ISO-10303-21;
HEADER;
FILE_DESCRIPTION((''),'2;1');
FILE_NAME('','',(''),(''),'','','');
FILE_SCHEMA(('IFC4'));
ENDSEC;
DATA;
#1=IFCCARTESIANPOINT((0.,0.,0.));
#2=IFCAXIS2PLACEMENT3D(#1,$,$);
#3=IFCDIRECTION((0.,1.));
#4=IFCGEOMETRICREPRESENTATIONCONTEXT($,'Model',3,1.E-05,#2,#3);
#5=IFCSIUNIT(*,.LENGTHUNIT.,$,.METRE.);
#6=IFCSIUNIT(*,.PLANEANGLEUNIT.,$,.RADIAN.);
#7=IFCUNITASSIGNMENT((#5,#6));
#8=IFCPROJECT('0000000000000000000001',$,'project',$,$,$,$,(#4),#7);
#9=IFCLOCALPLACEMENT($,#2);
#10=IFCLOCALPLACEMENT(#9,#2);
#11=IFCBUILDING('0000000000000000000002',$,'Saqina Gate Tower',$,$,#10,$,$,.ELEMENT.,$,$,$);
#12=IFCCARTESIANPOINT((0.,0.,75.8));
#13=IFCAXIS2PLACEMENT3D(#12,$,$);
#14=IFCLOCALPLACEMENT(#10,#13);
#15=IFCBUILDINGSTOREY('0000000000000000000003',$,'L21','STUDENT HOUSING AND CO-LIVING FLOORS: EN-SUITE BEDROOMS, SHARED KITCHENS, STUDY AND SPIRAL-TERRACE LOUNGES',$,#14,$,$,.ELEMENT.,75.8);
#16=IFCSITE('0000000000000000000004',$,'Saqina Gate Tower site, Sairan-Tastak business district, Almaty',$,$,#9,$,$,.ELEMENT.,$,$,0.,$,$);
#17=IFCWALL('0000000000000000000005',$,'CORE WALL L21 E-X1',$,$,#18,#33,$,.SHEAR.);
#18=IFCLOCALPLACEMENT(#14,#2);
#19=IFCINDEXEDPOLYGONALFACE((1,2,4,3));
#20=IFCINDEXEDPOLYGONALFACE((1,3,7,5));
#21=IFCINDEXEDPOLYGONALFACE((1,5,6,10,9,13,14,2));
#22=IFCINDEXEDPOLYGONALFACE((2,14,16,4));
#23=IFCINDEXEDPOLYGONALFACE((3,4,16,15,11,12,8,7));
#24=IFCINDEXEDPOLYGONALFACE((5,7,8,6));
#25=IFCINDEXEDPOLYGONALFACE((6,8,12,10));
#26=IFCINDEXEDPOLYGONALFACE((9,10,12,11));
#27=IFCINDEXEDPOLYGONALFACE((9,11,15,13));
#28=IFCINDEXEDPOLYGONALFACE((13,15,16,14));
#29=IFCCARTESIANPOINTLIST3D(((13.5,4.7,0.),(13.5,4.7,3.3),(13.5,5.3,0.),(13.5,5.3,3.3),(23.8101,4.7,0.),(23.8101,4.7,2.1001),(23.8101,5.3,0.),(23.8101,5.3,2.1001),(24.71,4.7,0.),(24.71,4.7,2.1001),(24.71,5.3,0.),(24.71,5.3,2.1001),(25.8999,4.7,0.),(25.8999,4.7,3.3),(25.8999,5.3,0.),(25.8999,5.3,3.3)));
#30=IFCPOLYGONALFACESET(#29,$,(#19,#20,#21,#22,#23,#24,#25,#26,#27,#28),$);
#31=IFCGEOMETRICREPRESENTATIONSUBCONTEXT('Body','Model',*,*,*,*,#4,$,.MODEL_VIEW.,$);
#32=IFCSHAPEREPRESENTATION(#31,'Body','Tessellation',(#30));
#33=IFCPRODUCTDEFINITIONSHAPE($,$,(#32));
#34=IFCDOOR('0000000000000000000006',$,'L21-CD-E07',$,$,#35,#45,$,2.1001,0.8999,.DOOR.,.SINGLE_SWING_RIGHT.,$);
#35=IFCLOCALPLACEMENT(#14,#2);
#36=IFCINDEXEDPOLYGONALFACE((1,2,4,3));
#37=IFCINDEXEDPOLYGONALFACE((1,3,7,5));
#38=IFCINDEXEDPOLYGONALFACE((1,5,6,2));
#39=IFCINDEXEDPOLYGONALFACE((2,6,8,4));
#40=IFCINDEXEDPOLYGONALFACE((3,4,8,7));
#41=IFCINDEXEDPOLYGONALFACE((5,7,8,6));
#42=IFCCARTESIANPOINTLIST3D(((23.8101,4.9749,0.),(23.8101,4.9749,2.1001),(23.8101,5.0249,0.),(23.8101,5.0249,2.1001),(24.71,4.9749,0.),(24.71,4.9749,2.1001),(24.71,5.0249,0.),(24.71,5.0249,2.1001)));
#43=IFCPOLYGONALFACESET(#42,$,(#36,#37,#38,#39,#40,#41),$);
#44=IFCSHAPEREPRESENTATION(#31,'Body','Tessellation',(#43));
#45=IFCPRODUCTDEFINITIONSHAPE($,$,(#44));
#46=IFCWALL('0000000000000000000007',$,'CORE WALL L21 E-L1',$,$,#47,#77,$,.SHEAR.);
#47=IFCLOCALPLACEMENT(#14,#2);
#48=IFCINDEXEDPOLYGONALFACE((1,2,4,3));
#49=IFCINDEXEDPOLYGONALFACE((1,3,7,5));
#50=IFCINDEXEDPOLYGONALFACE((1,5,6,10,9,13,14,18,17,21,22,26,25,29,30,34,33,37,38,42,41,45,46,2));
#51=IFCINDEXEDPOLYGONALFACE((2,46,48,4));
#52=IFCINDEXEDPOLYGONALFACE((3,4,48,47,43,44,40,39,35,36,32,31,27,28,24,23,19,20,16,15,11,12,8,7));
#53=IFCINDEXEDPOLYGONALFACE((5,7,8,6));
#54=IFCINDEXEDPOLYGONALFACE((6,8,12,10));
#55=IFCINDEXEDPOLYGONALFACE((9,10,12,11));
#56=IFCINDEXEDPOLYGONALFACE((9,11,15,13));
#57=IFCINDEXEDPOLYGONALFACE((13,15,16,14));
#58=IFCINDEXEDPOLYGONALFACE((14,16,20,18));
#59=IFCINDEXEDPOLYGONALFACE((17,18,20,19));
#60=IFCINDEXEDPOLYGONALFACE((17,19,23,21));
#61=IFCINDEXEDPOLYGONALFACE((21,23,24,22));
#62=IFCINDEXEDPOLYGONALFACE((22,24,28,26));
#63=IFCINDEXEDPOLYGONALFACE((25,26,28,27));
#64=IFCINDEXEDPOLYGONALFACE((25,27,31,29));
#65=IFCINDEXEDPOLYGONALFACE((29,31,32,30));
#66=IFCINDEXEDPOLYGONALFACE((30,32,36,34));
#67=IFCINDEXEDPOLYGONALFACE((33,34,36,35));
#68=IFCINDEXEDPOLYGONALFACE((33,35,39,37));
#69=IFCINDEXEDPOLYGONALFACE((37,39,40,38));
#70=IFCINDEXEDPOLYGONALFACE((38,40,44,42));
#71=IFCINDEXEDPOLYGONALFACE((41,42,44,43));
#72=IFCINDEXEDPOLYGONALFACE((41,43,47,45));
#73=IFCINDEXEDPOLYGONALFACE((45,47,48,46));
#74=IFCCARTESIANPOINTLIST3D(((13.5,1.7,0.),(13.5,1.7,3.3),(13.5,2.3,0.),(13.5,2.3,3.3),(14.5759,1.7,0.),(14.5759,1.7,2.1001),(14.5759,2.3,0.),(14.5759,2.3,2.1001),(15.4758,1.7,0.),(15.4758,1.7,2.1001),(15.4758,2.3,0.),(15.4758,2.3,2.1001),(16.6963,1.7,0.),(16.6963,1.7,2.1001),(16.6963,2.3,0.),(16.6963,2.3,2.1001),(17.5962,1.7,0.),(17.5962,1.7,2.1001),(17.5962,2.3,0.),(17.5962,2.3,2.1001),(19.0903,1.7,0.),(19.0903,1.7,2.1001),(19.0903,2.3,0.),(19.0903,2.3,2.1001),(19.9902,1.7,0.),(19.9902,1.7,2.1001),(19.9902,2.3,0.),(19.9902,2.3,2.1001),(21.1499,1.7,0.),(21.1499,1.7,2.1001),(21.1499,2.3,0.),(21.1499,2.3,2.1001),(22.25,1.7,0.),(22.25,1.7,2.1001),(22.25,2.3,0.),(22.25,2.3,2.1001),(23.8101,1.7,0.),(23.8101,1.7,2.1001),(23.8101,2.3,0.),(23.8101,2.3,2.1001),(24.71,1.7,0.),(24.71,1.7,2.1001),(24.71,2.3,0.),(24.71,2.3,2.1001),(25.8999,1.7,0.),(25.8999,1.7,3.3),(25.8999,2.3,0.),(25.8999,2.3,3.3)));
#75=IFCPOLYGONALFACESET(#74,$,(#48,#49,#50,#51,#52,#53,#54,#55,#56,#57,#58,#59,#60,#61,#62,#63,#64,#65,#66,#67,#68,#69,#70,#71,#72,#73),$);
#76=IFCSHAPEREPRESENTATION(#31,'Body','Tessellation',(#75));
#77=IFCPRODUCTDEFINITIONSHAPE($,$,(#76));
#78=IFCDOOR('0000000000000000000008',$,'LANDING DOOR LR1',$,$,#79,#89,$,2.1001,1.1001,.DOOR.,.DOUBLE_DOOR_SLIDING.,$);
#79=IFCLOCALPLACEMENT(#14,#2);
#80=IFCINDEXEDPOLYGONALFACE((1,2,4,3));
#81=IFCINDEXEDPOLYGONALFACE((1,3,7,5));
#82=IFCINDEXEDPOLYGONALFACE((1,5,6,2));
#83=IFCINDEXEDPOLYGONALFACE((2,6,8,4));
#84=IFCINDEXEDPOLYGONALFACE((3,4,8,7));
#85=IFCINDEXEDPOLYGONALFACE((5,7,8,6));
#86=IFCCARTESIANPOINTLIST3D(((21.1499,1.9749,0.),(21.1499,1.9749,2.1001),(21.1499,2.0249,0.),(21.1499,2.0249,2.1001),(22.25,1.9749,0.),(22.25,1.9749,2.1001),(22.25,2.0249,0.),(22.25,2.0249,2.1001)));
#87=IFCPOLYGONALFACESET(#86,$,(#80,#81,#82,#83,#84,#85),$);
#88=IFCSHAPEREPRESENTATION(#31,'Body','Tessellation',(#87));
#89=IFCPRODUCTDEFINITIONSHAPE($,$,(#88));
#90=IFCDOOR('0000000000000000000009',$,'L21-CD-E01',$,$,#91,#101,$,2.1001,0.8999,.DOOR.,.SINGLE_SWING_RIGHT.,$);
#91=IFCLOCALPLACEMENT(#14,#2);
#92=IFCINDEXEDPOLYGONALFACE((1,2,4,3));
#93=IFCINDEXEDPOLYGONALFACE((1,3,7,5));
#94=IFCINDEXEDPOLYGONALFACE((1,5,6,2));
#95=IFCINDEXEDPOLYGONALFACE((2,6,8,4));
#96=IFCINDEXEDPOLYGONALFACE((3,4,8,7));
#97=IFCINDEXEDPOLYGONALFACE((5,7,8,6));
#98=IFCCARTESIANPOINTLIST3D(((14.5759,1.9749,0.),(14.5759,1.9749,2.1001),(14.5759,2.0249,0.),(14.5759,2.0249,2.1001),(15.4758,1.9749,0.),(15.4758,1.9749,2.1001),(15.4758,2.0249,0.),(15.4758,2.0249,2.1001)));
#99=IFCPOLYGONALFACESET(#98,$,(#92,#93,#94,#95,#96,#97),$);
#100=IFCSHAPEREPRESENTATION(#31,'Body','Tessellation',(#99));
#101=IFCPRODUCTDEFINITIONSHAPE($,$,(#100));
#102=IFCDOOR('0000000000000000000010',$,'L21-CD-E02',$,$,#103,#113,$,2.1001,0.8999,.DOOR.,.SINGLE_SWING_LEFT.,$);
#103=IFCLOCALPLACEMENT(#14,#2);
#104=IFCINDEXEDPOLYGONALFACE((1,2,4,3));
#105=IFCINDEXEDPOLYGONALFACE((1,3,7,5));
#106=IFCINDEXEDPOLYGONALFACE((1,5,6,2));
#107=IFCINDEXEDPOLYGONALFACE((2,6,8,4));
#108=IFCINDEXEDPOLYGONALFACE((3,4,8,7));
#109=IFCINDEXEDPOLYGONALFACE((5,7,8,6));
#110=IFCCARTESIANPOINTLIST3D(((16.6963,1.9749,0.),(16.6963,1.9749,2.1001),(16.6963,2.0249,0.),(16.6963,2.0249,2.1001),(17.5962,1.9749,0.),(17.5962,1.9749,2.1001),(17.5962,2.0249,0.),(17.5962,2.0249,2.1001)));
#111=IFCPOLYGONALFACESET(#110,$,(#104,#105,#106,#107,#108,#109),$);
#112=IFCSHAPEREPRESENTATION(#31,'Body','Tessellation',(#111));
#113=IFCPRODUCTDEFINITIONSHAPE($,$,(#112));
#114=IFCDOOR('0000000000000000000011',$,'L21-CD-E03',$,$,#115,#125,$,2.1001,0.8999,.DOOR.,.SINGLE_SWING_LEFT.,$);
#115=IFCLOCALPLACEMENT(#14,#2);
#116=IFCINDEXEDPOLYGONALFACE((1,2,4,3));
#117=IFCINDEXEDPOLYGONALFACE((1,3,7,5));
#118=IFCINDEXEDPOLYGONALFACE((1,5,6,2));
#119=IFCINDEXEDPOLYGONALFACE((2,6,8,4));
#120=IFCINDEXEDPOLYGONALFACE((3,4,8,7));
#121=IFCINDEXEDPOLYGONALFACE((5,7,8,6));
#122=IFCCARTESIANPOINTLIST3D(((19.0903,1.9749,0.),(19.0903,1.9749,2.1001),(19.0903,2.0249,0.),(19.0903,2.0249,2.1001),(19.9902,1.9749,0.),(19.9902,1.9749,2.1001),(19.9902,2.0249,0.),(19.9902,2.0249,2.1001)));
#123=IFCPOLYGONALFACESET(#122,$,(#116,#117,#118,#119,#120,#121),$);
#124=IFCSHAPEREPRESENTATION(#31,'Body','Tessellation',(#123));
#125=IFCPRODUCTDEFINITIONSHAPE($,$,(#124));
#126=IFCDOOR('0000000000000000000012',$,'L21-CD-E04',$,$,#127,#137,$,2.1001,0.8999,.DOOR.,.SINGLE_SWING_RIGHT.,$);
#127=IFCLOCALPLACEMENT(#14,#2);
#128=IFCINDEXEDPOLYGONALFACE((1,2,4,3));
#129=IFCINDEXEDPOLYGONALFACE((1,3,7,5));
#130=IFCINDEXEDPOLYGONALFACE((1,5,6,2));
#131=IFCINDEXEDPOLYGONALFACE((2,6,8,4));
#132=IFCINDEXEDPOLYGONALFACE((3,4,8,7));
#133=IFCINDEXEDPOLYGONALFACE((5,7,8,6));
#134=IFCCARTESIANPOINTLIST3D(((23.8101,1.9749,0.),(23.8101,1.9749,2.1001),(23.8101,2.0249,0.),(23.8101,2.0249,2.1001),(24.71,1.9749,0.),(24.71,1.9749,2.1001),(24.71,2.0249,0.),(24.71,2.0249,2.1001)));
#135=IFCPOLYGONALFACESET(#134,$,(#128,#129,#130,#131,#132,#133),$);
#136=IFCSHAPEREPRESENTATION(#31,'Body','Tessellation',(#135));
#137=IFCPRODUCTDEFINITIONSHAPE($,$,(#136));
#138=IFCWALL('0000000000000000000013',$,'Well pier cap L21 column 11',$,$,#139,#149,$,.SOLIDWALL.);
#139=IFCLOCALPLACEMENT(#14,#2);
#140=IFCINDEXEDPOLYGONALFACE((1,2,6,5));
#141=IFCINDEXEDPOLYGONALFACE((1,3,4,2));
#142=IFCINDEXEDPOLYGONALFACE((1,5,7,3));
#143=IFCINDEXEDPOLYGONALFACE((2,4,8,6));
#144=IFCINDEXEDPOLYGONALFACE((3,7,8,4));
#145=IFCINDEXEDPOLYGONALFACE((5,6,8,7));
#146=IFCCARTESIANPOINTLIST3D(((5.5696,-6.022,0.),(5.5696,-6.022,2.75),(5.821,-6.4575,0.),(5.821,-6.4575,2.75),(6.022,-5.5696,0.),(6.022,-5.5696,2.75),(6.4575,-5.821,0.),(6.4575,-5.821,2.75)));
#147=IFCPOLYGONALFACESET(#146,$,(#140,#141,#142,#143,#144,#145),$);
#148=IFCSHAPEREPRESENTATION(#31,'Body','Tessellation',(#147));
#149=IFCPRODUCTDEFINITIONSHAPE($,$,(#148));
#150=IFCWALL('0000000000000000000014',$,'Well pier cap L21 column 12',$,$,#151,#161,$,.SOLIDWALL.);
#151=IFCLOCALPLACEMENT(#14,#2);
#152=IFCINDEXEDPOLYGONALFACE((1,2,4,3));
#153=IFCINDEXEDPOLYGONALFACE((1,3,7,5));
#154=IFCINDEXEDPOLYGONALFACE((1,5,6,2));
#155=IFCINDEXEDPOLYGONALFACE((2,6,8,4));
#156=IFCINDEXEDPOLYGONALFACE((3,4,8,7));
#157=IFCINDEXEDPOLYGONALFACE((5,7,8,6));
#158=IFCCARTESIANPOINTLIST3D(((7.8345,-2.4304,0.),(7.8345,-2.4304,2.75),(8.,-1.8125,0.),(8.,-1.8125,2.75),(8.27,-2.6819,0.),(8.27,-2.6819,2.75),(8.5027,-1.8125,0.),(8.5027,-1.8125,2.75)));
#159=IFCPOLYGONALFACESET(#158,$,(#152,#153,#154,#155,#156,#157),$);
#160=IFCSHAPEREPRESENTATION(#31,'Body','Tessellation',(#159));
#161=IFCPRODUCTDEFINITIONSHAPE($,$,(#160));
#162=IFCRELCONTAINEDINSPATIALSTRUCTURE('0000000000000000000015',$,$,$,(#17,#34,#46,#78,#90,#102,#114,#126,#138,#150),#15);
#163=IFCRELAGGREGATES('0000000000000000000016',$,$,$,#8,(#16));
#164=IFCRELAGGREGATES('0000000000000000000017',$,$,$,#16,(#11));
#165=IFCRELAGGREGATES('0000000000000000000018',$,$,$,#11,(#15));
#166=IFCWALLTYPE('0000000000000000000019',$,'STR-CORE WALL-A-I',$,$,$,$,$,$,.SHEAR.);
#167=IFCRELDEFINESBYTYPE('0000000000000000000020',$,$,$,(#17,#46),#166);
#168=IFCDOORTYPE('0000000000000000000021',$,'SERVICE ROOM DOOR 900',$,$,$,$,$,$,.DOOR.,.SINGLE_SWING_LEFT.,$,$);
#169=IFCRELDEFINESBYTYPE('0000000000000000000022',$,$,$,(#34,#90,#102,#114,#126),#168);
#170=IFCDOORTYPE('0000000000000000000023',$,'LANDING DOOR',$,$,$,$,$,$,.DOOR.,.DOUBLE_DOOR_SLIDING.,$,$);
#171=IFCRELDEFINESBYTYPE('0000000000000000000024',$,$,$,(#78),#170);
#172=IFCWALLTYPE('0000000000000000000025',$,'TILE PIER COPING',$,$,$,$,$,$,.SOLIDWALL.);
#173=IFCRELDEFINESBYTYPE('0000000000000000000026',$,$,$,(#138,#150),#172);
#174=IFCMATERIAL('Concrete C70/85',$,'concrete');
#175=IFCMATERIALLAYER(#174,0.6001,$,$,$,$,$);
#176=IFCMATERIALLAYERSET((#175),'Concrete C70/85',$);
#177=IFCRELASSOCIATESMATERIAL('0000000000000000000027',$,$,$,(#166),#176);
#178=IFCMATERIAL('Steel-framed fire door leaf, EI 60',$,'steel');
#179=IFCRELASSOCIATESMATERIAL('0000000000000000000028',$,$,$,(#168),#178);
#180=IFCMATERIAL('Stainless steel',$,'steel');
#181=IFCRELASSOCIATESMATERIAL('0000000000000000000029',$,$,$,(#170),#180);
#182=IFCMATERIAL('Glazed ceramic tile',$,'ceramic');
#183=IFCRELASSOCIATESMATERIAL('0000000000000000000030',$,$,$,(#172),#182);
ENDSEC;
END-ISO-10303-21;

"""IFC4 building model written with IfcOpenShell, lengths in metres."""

from ifc_helpers import new_model, si_unit, direction, frame, frame_2d, origin, place, context, subcontext, project, spatial, polyline, rectangle, outline, extrude, material, layer, layer_set, type_object, element, fill, save


model = new_model("IFC4")

# Units and contexts
model_context = context("Model", 3, precision=1e-05, world=origin(), true_north=direction((0.0, 1.0)))
body_context = subcontext(model_context, "Body", "Model", "MODEL_VIEW")
ifc_project = project(units=[si_unit("LENGTHUNIT", "METRE"), si_unit("PLANEANGLEUNIT", "RADIAN")], contexts=[model_context])

# Site, building, storey
site_placement = place(None, origin())
site = spatial("IfcSite", under=ifc_project, at=site_placement, Name="Saqina Gate Tower site, Sairan-Tastak business district, Almaty", CompositionType="ELEMENT", RefElevation=0.0)
building_placement = place(site_placement, origin())
building = spatial("IfcBuilding", under=site, at=building_placement, Name="Saqina Gate Tower", CompositionType="ELEMENT")
storey_placement = place(building_placement, frame((0.0, 0.0, 75.8)))
storey = spatial("IfcBuildingStorey", under=building, at=storey_placement, Name="L21", Description="STUDENT HOUSING AND CO-LIVING FLOORS: EN-SUITE BEDROOMS, SHARED KITCHENS, STUDY AND SPIRAL-TERRACE LOUNGES", CompositionType="ELEMENT", Elevation=75.8)

# Wall, opening, door
ifc_material_1 = material(Name="Concrete C70/85", Category="concrete")
ifc_layer_1 = layer(ifc_material_1, 0.6001)
ifc_layer_set_1 = layer_set([ifc_layer_1], Name="Concrete C70/85")
wall_type_1 = type_object("IfcWallType", Name="STR-CORE WALL-A-I", PredefinedType="SHEAR", material=ifc_layer_set_1)
wall_1_placement = place(storey_placement, frame((13.5, 5.0, 0.0), z_axis=(0.0, 0.0, 1.0), x_axis=(1.0, 0.0, 0.0)))
wall_1 = element("IfcWall", 1, at=wall_1_placement, inside=storey, type_object=wall_type_1, Name="CORE WALL L21 E-X1", PredefinedType="SHEAR", context=body_context, shape_type="SweptSolid", body=[
    extrude(rectangle(XDim=12.3999, YDim=0.6001, at=frame_2d((6.2, 0.0))), origin(), (0.0, 0.0, 1.0), 3.3),
])
opening_1_placement = place(wall_1_placement, frame((10.3101, 0.0, 0.0)))
opening_1 = element("IfcOpeningElement", 2, at=opening_1_placement, cuts=wall_1, PredefinedType="OPENING", context=body_context, shape_type="SweptSolid", body=[
    extrude(rectangle(XDim=0.8999, YDim=2.1001, at=frame_2d((0.45, 1.05))), frame((0.0, 0.312, 0.0), z_axis=(0.0, -1.0, 0.0), x_axis=(1.0, 0.0, 0.0)), (0.0, 0.0, 1.0), 0.624),
])
ifc_material_2 = material(Name="Steel-framed fire door leaf, EI 60", Category="steel")
door_type_1 = type_object("IfcDoorType", Name="SERVICE ROOM DOOR 900", OperationType="SINGLE_SWING_LEFT", PredefinedType="DOOR", material=ifc_material_2)
door_1_placement = place(opening_1_placement, origin())
door_1 = element("IfcDoor", 3, at=door_1_placement, inside=storey, type_object=door_type_1, Name="L21-CD-E07", OperationType="SINGLE_SWING_RIGHT", OverallHeight=2.1001, OverallWidth=0.8999, PredefinedType="DOOR", context=body_context, shape_type="SweptSolid", body=[
    extrude(rectangle(XDim=0.8999, YDim=2.1001, at=frame_2d((0.45, 1.05))), frame((0.0, 0.0249, 0.0), z_axis=(0.0, -1.0, 0.0), x_axis=(1.0, 0.0, 0.0)), (0.0, 0.0, 1.0), 0.05),
])
fill(opening_1, door_1)

# Wall, openings, doors
wall_2_placement = place(storey_placement, frame((13.5, 2.0, 0.0), z_axis=(0.0, 0.0, 1.0), x_axis=(1.0, 0.0, 0.0)))
wall_2 = element("IfcWall", 4, at=wall_2_placement, inside=storey, type_object=wall_type_1, Name="CORE WALL L21 E-L1", PredefinedType="SHEAR", context=body_context, shape_type="SweptSolid", body=[
    extrude(rectangle(XDim=12.3999, YDim=0.6001, at=frame_2d((6.2, 0.0))), origin(), (0.0, 0.0, 1.0), 3.3),
])
opening_2_placement = place(wall_2_placement, frame((7.6499, 0.0, 0.0)))
opening_2 = element("IfcOpeningElement", 5, at=opening_2_placement, cuts=wall_2, PredefinedType="OPENING", context=body_context, shape_type="SweptSolid", body=[
    extrude(rectangle(XDim=1.1001, YDim=2.1001, at=frame_2d((0.55, 1.05))), frame((0.0, 0.312, 0.0), z_axis=(0.0, -1.0, 0.0), x_axis=(1.0, 0.0, 0.0)), (0.0, 0.0, 1.0), 0.624),
])
opening_3_placement = place(wall_2_placement, frame((1.0759, 0.0, 0.0)))
opening_3 = element("IfcOpeningElement", 6, at=opening_3_placement, cuts=wall_2, PredefinedType="OPENING", context=body_context, shape_type="SweptSolid", body=[
    extrude(rectangle(XDim=0.8999, YDim=2.1001, at=frame_2d((0.45, 1.05))), frame((0.0, 0.312, 0.0), z_axis=(0.0, -1.0, 0.0), x_axis=(1.0, 0.0, 0.0)), (0.0, 0.0, 1.0), 0.624),
])
opening_4_placement = place(wall_2_placement, frame((3.1963, 0.0, 0.0)))
opening_4 = element("IfcOpeningElement", 7, at=opening_4_placement, cuts=wall_2, PredefinedType="OPENING", context=body_context, shape_type="SweptSolid", body=[
    extrude(rectangle(XDim=0.8999, YDim=2.1001, at=frame_2d((0.45, 1.05))), frame((0.0, 0.312, 0.0), z_axis=(0.0, -1.0, 0.0), x_axis=(1.0, 0.0, 0.0)), (0.0, 0.0, 1.0), 0.624),
])
opening_5_placement = place(wall_2_placement, frame((5.5903, 0.0, 0.0)))
opening_5 = element("IfcOpeningElement", 8, at=opening_5_placement, cuts=wall_2, PredefinedType="OPENING", context=body_context, shape_type="SweptSolid", body=[
    extrude(rectangle(XDim=0.8999, YDim=2.1001, at=frame_2d((0.45, 1.05))), frame((0.0, 0.312, 0.0), z_axis=(0.0, -1.0, 0.0), x_axis=(1.0, 0.0, 0.0)), (0.0, 0.0, 1.0), 0.624),
])
opening_6_placement = place(wall_2_placement, frame((10.3101, 0.0, 0.0)))
opening_6 = element("IfcOpeningElement", 9, at=opening_6_placement, cuts=wall_2, PredefinedType="OPENING", context=body_context, shape_type="SweptSolid", body=[
    extrude(rectangle(XDim=0.8999, YDim=2.1001, at=frame_2d((0.45, 1.05))), frame((0.0, 0.312, 0.0), z_axis=(0.0, -1.0, 0.0), x_axis=(1.0, 0.0, 0.0)), (0.0, 0.0, 1.0), 0.624),
])
ifc_material_3 = material(Name="Stainless steel", Category="steel")
door_type_2 = type_object("IfcDoorType", Name="LANDING DOOR", OperationType="DOUBLE_DOOR_SLIDING", PredefinedType="DOOR", material=ifc_material_3)
door_2_placement = place(opening_2_placement, origin())
door_2 = element("IfcDoor", 10, at=door_2_placement, inside=storey, type_object=door_type_2, Name="LANDING DOOR LR1", OperationType="DOUBLE_DOOR_SLIDING", OverallHeight=2.1001, OverallWidth=1.1001, PredefinedType="DOOR", context=body_context, shape_type="SweptSolid", body=[
    extrude(rectangle(XDim=1.1001, YDim=2.1001, at=frame_2d((0.55, 1.05))), frame((0.0, 0.0249, 0.0), z_axis=(0.0, -1.0, 0.0), x_axis=(1.0, 0.0, 0.0)), (0.0, 0.0, 1.0), 0.05),
])
fill(opening_2, door_2)
door_3_placement = place(opening_3_placement, origin())
door_3 = element("IfcDoor", 11, at=door_3_placement, inside=storey, type_object=door_type_1, Name="L21-CD-E01", OperationType="SINGLE_SWING_RIGHT", OverallHeight=2.1001, OverallWidth=0.8999, PredefinedType="DOOR", context=body_context, shape_type="SweptSolid", body=[
    extrude(rectangle(XDim=0.8999, YDim=2.1001, at=frame_2d((0.45, 1.05))), frame((0.0, 0.0249, 0.0), z_axis=(0.0, -1.0, 0.0), x_axis=(1.0, 0.0, 0.0)), (0.0, 0.0, 1.0), 0.05),
])
fill(opening_3, door_3)
door_4_placement = place(opening_4_placement, origin())
door_4 = element("IfcDoor", 12, at=door_4_placement, inside=storey, type_object=door_type_1, Name="L21-CD-E02", OperationType="SINGLE_SWING_LEFT", OverallHeight=2.1001, OverallWidth=0.8999, PredefinedType="DOOR", context=body_context, shape_type="SweptSolid", body=[
    extrude(rectangle(XDim=0.8999, YDim=2.1001, at=frame_2d((0.45, 1.05))), frame((0.0, 0.0249, 0.0), z_axis=(0.0, -1.0, 0.0), x_axis=(1.0, 0.0, 0.0)), (0.0, 0.0, 1.0), 0.05),
])
fill(opening_4, door_4)
door_5_placement = place(opening_5_placement, origin())
door_5 = element("IfcDoor", 13, at=door_5_placement, inside=storey, type_object=door_type_1, Name="L21-CD-E03", OperationType="SINGLE_SWING_LEFT", OverallHeight=2.1001, OverallWidth=0.8999, PredefinedType="DOOR", context=body_context, shape_type="SweptSolid", body=[
    extrude(rectangle(XDim=0.8999, YDim=2.1001, at=frame_2d((0.45, 1.05))), frame((0.0, 0.0249, 0.0), z_axis=(0.0, -1.0, 0.0), x_axis=(1.0, 0.0, 0.0)), (0.0, 0.0, 1.0), 0.05),
])
fill(opening_5, door_5)
door_6_placement = place(opening_6_placement, origin())
door_6 = element("IfcDoor", 14, at=door_6_placement, inside=storey, type_object=door_type_1, Name="L21-CD-E04", OperationType="SINGLE_SWING_RIGHT", OverallHeight=2.1001, OverallWidth=0.8999, PredefinedType="DOOR", context=body_context, shape_type="SweptSolid", body=[
    extrude(rectangle(XDim=0.8999, YDim=2.1001, at=frame_2d((0.45, 1.05))), frame((0.0, 0.0249, 0.0), z_axis=(0.0, -1.0, 0.0), x_axis=(1.0, 0.0, 0.0)), (0.0, 0.0, 1.0), 0.05),
])
fill(opening_6, door_6)

# Walls
ifc_material_4 = material(Name="Glazed ceramic tile", Category="ceramic")
wall_type_2 = type_object("IfcWallType", Name="TILE PIER COPING", PredefinedType="SOLIDWALL", material=ifc_material_4)
wall_3_placement = place(storey_placement, origin())
element("IfcWall", 15, at=wall_3_placement, inside=storey, type_object=wall_type_2, Name="Well pier cap L21 column 11", PredefinedType="SOLIDWALL", context=body_context, shape_type="SweptSolid", body=[
    extrude(outline(polyline([(5.821, -6.4575), (6.4575, -5.821), (6.022, -5.5696), (5.5696, -6.022), (5.821, -6.4575)])), origin(), (0.0, 0.0, 1.0), 2.75),
])
wall_4_placement = place(storey_placement, origin())
element("IfcWall", 16, at=wall_4_placement, inside=storey, type_object=wall_type_2, Name="Well pier cap L21 column 12", PredefinedType="SOLIDWALL", context=body_context, shape_type="SweptSolid", body=[
    extrude(outline(polyline([(8.5027, -1.8125), (8.0, -1.8125), (7.8345, -2.4304), (8.27, -2.6819), (8.5027, -1.8125)])), origin(), (0.0, 0.0, 1.0), 2.75),
])

save(model, "model.ifc")
